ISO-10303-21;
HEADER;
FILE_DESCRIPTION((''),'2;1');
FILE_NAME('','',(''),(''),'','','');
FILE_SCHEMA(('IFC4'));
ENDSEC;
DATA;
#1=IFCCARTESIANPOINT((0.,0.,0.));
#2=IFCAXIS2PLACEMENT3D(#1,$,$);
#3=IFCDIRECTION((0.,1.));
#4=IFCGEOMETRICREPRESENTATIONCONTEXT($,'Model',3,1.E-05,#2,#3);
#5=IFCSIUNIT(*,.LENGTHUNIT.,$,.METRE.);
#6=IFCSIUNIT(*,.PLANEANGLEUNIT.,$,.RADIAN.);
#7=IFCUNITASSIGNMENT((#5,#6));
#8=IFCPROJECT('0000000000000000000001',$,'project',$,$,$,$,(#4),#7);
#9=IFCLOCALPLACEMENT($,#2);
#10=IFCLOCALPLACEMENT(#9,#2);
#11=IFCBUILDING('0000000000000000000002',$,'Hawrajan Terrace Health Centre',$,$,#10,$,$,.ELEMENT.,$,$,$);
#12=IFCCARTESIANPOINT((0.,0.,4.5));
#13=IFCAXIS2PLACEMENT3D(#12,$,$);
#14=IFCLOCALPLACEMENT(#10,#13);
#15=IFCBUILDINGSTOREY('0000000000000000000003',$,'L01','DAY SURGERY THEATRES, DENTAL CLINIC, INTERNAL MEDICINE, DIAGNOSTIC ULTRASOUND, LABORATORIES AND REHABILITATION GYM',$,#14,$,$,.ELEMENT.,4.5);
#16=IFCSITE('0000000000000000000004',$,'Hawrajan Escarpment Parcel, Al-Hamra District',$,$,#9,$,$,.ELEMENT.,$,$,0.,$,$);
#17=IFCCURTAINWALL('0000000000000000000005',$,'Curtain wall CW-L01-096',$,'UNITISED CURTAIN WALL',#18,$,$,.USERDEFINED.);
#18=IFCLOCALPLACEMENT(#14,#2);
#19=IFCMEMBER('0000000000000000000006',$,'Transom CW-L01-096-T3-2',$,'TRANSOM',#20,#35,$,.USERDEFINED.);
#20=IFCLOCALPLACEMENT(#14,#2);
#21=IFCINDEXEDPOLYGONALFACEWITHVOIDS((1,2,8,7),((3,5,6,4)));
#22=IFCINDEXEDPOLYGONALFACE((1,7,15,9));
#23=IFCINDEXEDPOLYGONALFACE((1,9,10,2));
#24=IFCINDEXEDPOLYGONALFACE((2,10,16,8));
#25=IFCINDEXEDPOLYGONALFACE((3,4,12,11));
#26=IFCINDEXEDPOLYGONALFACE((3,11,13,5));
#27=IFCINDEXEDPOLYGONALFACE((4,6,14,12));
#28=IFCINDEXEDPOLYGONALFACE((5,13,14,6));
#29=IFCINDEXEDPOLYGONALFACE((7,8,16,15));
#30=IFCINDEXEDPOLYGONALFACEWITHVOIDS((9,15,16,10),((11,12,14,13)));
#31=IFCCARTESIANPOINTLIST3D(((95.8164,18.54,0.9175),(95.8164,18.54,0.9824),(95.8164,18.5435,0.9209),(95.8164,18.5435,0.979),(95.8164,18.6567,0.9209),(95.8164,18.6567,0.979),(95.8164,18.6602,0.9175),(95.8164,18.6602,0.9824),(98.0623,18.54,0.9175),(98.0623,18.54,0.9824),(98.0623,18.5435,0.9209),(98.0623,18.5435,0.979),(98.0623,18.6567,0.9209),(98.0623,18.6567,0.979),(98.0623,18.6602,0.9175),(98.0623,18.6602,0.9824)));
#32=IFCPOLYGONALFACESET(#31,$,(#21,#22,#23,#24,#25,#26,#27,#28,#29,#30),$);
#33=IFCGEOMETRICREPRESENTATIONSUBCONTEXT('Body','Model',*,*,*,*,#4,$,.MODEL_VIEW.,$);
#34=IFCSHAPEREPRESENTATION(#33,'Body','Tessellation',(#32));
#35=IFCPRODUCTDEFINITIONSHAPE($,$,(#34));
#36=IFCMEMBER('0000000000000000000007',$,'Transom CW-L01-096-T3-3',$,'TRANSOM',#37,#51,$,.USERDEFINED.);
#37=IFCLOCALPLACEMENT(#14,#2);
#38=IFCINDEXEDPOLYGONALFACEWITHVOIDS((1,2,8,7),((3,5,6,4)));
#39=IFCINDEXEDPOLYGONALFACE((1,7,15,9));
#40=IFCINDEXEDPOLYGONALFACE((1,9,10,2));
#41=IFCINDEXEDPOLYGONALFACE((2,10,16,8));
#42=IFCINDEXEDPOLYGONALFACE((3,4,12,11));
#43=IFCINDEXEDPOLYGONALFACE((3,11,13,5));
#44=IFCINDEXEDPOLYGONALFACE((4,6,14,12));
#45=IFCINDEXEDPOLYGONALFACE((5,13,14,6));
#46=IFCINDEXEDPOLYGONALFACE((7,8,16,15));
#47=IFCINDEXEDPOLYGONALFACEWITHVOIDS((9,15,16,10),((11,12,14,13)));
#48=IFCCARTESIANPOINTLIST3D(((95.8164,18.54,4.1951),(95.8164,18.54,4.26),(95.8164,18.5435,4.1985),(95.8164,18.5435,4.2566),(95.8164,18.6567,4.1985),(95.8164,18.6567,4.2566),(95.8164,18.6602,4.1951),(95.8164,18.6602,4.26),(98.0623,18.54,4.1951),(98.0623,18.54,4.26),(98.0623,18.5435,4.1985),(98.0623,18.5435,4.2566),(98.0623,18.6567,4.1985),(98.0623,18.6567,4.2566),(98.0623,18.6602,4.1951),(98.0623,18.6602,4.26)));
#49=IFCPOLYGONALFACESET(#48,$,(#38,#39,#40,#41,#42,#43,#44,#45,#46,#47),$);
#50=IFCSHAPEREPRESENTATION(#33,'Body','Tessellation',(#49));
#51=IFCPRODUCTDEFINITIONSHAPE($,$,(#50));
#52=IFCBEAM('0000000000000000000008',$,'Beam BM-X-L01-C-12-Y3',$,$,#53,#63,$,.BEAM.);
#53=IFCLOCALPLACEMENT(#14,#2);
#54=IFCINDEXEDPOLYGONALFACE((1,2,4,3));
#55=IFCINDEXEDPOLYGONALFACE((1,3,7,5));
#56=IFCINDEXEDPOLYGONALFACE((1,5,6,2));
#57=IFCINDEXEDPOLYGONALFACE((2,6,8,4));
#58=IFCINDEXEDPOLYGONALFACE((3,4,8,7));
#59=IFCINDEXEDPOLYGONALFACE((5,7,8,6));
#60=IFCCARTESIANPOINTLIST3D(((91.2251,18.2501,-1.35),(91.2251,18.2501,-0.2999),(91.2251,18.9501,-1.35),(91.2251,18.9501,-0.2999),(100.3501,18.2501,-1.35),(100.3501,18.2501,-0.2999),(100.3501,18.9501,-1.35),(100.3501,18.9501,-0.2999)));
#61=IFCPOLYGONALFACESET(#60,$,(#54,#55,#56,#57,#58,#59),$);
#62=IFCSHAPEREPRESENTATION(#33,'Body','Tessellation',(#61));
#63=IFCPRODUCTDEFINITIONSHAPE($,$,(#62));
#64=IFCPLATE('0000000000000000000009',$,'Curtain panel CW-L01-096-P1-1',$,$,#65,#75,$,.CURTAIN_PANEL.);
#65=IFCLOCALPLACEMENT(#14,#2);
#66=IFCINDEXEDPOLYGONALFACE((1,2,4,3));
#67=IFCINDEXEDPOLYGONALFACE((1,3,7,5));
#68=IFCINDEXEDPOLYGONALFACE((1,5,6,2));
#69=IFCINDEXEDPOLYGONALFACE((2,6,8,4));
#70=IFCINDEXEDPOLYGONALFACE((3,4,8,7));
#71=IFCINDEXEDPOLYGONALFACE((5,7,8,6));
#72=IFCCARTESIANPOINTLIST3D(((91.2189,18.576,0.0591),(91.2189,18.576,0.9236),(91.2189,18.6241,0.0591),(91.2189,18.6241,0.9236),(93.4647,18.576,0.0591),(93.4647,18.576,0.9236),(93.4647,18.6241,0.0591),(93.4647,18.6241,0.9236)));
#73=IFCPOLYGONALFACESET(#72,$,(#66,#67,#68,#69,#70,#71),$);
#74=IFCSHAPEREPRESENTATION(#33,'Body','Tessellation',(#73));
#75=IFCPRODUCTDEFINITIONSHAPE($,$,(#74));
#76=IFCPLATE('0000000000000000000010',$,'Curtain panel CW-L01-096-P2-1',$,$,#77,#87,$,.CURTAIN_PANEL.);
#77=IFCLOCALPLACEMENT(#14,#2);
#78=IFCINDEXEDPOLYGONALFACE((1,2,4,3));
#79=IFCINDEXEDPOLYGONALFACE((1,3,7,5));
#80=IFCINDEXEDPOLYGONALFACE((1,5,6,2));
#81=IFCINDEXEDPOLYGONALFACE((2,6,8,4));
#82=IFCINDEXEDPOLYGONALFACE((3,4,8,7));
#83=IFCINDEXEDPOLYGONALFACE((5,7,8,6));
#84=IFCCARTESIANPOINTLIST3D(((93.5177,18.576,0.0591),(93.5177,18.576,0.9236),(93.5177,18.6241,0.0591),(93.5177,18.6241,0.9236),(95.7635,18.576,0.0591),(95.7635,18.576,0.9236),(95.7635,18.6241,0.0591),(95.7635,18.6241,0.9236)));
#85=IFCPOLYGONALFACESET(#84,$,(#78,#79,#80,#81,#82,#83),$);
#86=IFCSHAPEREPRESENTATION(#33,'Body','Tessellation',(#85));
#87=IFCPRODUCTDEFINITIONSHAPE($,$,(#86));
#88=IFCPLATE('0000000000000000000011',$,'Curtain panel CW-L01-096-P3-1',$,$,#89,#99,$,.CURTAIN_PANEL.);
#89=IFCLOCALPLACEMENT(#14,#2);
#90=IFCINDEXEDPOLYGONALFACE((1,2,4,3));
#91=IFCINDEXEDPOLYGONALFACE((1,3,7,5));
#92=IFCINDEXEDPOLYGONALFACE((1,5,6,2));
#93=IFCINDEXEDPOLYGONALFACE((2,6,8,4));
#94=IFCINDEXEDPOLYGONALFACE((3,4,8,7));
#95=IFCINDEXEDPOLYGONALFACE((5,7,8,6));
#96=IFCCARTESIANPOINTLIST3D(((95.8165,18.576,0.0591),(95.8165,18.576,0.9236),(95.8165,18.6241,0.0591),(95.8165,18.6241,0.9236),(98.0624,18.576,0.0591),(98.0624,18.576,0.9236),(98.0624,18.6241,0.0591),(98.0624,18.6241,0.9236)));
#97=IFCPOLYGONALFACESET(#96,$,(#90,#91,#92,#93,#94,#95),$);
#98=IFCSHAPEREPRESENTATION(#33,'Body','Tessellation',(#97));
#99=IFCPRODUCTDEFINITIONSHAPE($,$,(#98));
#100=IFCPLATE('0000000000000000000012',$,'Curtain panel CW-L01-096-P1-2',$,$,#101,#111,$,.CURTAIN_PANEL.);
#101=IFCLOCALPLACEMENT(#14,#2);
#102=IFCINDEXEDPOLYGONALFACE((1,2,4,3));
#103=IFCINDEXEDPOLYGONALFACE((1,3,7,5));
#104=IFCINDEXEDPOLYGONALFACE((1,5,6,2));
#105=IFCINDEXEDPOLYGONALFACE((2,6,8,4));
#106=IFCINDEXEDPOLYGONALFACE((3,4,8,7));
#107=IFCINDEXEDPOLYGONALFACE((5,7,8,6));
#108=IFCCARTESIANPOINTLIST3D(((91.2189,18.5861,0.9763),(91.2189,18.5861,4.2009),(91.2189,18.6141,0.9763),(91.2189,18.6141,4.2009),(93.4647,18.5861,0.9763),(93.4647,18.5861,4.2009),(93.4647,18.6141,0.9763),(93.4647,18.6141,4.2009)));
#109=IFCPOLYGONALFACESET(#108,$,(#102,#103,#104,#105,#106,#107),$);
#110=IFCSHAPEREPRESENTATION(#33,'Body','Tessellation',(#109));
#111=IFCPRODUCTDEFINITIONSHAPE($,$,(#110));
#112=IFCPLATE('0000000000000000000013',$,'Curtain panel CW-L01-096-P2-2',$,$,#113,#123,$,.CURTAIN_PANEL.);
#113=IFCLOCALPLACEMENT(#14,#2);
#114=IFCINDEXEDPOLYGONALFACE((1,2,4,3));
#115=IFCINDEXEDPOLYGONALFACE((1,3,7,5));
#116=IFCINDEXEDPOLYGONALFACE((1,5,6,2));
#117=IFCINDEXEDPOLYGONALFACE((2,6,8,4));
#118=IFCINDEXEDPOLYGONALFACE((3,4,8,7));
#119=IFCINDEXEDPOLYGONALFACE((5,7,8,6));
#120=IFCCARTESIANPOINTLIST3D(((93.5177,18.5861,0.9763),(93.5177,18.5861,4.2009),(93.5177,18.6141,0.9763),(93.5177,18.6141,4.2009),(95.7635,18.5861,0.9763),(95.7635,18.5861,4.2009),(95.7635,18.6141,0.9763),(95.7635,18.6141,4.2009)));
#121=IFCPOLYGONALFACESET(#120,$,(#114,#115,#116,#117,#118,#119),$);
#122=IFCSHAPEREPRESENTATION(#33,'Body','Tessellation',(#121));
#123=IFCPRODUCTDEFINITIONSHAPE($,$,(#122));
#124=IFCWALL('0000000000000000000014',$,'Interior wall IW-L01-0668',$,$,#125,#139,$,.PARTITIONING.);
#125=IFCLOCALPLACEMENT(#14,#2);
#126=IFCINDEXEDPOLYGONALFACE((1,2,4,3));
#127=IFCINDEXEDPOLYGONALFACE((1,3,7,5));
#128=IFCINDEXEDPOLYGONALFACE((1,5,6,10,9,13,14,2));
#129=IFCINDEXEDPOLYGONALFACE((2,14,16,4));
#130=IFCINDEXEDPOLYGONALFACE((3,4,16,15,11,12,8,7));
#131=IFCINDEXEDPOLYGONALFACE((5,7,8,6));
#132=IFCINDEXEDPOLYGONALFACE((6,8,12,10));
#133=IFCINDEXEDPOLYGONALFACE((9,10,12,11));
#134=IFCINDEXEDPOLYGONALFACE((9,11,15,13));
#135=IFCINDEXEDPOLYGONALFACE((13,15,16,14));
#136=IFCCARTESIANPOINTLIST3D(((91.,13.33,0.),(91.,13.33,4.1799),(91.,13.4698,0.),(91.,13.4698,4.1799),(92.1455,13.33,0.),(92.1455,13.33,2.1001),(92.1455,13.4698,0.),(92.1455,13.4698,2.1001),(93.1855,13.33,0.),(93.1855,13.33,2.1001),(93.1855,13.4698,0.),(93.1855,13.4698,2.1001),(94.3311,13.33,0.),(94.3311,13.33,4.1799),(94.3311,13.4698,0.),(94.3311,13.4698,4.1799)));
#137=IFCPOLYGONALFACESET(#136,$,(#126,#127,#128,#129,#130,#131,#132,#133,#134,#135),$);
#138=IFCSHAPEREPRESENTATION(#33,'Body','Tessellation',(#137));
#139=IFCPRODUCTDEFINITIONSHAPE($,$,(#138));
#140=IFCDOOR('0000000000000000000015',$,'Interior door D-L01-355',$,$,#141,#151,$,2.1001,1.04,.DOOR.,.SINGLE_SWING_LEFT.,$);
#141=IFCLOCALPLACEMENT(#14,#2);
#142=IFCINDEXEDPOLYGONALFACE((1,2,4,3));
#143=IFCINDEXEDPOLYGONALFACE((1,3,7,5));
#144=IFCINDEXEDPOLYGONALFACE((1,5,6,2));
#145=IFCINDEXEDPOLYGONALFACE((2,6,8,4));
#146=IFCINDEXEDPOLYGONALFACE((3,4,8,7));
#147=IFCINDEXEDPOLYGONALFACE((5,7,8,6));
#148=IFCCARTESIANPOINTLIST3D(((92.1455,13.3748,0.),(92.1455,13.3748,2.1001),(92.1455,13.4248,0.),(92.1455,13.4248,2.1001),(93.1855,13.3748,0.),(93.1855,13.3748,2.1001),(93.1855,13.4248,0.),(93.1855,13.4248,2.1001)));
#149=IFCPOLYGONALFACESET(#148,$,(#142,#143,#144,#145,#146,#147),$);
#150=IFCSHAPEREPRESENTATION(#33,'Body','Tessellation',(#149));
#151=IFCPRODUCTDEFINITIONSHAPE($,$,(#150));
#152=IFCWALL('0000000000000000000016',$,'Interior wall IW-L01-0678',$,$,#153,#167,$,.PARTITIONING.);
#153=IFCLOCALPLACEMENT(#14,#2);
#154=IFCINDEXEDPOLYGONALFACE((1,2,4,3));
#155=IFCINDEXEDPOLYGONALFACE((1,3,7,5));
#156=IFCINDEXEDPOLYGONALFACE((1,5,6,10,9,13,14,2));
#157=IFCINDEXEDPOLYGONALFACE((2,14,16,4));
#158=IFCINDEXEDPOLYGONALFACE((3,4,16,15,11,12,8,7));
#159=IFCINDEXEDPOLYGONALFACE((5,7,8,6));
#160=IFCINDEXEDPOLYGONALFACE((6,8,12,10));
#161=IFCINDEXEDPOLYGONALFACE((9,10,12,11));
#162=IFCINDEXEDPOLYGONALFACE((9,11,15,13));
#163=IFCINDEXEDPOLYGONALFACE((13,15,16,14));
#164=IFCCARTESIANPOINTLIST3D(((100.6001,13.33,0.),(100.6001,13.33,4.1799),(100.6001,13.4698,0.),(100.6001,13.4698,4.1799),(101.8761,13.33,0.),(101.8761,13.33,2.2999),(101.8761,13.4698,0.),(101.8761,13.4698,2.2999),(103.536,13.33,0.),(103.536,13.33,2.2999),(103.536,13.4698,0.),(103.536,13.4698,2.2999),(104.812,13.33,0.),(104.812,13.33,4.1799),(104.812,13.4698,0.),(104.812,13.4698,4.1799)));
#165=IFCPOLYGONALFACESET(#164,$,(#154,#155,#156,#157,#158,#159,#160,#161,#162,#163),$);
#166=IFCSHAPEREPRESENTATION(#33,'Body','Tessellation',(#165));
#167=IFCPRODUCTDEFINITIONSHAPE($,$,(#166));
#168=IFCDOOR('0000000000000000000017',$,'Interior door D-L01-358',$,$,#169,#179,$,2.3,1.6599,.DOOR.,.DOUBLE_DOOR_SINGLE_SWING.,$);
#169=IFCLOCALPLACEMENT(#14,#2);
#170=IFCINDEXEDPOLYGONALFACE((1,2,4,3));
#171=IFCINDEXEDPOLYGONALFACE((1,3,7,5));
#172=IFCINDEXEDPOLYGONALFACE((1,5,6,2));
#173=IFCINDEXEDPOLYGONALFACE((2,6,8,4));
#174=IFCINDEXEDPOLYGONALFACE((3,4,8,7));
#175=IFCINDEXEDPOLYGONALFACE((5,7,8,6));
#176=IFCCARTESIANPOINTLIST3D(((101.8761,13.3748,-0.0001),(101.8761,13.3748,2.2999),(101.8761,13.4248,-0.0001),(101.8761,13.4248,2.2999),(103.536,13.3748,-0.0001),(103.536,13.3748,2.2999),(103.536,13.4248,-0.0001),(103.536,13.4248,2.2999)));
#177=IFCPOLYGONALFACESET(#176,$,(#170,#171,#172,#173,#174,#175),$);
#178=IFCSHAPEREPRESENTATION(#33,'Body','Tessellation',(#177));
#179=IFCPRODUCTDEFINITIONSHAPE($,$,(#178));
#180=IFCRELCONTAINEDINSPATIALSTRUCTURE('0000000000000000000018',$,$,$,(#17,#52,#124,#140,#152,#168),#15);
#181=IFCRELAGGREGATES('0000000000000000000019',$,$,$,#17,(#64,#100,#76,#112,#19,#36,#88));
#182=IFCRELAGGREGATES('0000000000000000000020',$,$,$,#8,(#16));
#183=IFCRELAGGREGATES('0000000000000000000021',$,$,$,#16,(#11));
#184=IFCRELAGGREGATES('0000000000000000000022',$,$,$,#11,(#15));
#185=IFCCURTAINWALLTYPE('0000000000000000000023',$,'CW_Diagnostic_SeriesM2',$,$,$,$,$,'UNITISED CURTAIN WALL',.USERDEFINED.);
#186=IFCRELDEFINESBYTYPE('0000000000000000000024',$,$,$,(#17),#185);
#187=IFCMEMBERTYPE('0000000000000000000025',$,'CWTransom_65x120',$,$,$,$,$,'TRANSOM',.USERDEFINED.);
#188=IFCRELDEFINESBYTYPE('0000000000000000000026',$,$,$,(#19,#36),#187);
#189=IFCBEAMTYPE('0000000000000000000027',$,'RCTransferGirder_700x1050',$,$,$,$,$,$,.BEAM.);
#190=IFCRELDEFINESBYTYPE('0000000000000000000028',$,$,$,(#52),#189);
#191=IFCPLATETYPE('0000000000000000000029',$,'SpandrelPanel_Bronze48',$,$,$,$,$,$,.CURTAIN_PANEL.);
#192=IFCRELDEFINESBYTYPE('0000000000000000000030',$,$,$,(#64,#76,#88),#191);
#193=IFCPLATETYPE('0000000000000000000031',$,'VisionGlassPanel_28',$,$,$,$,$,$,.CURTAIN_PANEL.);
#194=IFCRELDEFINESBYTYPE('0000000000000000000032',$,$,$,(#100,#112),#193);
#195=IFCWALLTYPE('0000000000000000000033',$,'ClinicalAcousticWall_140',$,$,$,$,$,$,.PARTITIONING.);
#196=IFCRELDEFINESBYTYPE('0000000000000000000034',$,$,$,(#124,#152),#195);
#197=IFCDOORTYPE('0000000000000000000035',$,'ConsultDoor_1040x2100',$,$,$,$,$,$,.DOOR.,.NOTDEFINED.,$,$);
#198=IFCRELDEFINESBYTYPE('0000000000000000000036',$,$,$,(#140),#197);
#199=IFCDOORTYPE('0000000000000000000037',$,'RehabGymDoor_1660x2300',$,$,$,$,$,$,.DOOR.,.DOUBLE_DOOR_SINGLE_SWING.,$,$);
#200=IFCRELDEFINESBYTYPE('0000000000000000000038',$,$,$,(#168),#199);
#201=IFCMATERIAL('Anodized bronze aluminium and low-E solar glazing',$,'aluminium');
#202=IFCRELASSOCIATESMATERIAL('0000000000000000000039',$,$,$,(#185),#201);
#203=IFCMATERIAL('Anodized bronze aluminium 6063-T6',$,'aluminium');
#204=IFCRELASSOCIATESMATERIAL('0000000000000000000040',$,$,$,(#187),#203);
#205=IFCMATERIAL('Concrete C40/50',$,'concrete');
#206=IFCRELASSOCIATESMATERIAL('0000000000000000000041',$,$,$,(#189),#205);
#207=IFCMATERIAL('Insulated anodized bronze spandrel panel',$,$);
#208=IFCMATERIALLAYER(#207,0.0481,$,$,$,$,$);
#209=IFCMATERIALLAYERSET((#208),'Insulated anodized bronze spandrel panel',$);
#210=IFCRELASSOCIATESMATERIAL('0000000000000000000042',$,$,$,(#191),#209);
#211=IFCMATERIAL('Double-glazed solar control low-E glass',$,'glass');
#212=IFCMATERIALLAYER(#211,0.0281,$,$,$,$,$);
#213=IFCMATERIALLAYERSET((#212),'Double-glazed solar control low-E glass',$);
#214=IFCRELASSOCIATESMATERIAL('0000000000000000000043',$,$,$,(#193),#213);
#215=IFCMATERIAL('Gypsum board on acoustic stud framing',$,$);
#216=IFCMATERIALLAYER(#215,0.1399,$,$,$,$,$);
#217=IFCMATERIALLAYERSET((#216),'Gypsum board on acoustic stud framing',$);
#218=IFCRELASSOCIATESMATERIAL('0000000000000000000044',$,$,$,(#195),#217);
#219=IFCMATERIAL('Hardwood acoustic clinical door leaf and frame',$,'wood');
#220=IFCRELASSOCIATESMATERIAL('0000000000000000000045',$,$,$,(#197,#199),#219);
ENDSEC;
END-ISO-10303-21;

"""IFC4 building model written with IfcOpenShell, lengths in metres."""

from ifc_helpers import new_model, si_unit, direction, frame, frame_2d, origin, origin_2d, place, context, subcontext, project, spatial, rectangle, hollow_rectangle, extrude, material, layer, layer_set, material_profile, profile_set, type_object, element, fill, aggregate, save


model = new_model("IFC4")

# Units and contexts
model_context = context("Model", 3, precision=1e-05, world=origin(), true_north=direction((0.0, 1.0)))
body_context = subcontext(model_context, "Body", "Model", "MODEL_VIEW")
ifc_project = project(units=[si_unit("LENGTHUNIT", "METRE"), si_unit("PLANEANGLEUNIT", "RADIAN")], contexts=[model_context])

# Site, building, storey
site_placement = place(None, origin())
site = spatial("IfcSite", under=ifc_project, at=site_placement, Name="Hawrajan Escarpment Parcel, Al-Hamra District", CompositionType="ELEMENT", RefElevation=0.0)
building_placement = place(site_placement, origin())
building = spatial("IfcBuilding", under=site, at=building_placement, Name="Hawrajan Terrace Health Centre", CompositionType="ELEMENT")
storey_placement = place(building_placement, frame((0.0, 0.0, 4.5)))
storey = spatial("IfcBuildingStorey", under=building, at=storey_placement, Name="L01", Description="DAY SURGERY THEATRES, DENTAL CLINIC, INTERNAL MEDICINE, DIAGNOSTIC ULTRASOUND, LABORATORIES AND REHABILITATION GYM", CompositionType="ELEMENT", Elevation=4.5)

# Curtain wall, members
ifc_material_1 = material(Name="Anodized bronze aluminium and low-E solar glazing", Category="aluminium")
curtain_wall_type = type_object("IfcCurtainWallType", Name="CW_Diagnostic_SeriesM2", ElementType="UNITISED CURTAIN WALL", PredefinedType="USERDEFINED", material=ifc_material_1)
curtain_wall_placement = place(storey_placement, origin())
curtain_wall = element("IfcCurtainWall", 1, at=curtain_wall_placement, inside=storey, type_object=curtain_wall_type, Name="Curtain wall CW-L01-096", ObjectType="UNITISED CURTAIN WALL", PredefinedType="USERDEFINED")
ifc_material_2 = material(Name="Anodized bronze aluminium 6063-T6", Category="aluminium")
ifc_material_profile_1 = material_profile(ifc_material_2, hollow_rectangle(XDim=0.0649, YDim=0.1201, WallThickness=0.0034, at=origin_2d()), Name="CW TRN 65x120")
ifc_profile_set_1 = profile_set([ifc_material_profile_1], Name="Anodized bronze aluminium 6063-T6")
member_type_1 = type_object("IfcMemberType", Name="CWTransom_65x120", ElementType="TRANSOM", PredefinedType="USERDEFINED", material=ifc_profile_set_1)
member_1_placement = place(storey_placement, frame((95.8164, 18.6001, 0.95), z_axis=(1.0, 0.0, 0.0), x_axis=(0.0, 0.0, 1.0)))
member_1 = element("IfcMember", 2, at=member_1_placement, type_object=member_type_1, Name="Transom CW-L01-096-T3-2", ObjectType="TRANSOM", PredefinedType="USERDEFINED", context=body_context, shape_type="SweptSolid", body=[
    extrude(hollow_rectangle(XDim=0.0649, YDim=0.1201, WallThickness=0.0034, at=origin_2d()), origin(), (0.0, 0.0, 1.0), 2.2458),
])
member_2_placement = place(storey_placement, frame((95.8164, 18.6001, 4.2275), z_axis=(1.0, 0.0, 0.0), x_axis=(0.0, 0.0, 1.0)))
member_2 = element("IfcMember", 3, at=member_2_placement, type_object=member_type_1, Name="Transom CW-L01-096-T3-3", ObjectType="TRANSOM", PredefinedType="USERDEFINED", context=body_context, shape_type="SweptSolid", body=[
    extrude(hollow_rectangle(XDim=0.0649, YDim=0.1201, WallThickness=0.0034, at=origin_2d()), origin(), (0.0, 0.0, 1.0), 2.2458),
])

# Beam
ifc_material_3 = material(Name="Concrete C40/50", Category="concrete")
ifc_material_profile_2 = material_profile(ifc_material_3, rectangle(XDim=0.7, YDim=1.05, at=origin_2d()), Name="RC TG 700x1050")
ifc_profile_set_2 = profile_set([ifc_material_profile_2], Name="Concrete C40/50")
beam_type = type_object("IfcBeamType", Name="RCTransferGirder_700x1050", PredefinedType="BEAM", material=ifc_profile_set_2)
beam_placement = place(storey_placement, frame((91.2251, 18.6001, -0.825), z_axis=(1.0, 0.0, 0.0), x_axis=(0.0, 1.0, 0.0)))
element("IfcBeam", 4, at=beam_placement, inside=storey, type_object=beam_type, Name="Beam BM-X-L01-C-12-Y3", PredefinedType="BEAM", context=body_context, shape_type="SweptSolid", body=[
    extrude(rectangle(XDim=0.7, YDim=1.05, at=origin_2d()), origin(), (0.0, 0.0, 1.0), 9.125),
])

# Plates
ifc_material_4 = material(Name="Insulated anodized bronze spandrel panel")
ifc_layer_1 = layer(ifc_material_4, 0.0481)
ifc_layer_set_1 = layer_set([ifc_layer_1], Name="Insulated anodized bronze spandrel panel")
plate_type_1 = type_object("IfcPlateType", Name="SpandrelPanel_Bronze48", PredefinedType="CURTAIN_PANEL", material=ifc_layer_set_1)
plate_1_placement = place(storey_placement, frame((92.3418, 18.6001, 0.0591), z_axis=(0.0, 0.0, 1.0), x_axis=(1.0, 0.0, 0.0)))
plate_1 = element("IfcPlate", 5, at=plate_1_placement, type_object=plate_type_1, Name="Curtain panel CW-L01-096-P1-1", PredefinedType="CURTAIN_PANEL", context=body_context, shape_type="SweptSolid", body=[
    extrude(rectangle(XDim=2.2458, YDim=0.0481, at=origin_2d()), origin(), (0.0, 0.0, 1.0), 0.8645),
])
plate_2_placement = place(storey_placement, frame((94.6406, 18.6001, 0.0591), z_axis=(0.0, 0.0, 1.0), x_axis=(1.0, 0.0, 0.0)))
plate_2 = element("IfcPlate", 6, at=plate_2_placement, type_object=plate_type_1, Name="Curtain panel CW-L01-096-P2-1", PredefinedType="CURTAIN_PANEL", context=body_context, shape_type="SweptSolid", body=[
    extrude(rectangle(XDim=2.2458, YDim=0.0481, at=origin_2d()), origin(), (0.0, 0.0, 1.0), 0.8645),
])
plate_3_placement = place(storey_placement, frame((96.9395, 18.6001, 0.0591), z_axis=(0.0, 0.0, 1.0), x_axis=(1.0, 0.0, 0.0)))
plate_3 = element("IfcPlate", 7, at=plate_3_placement, type_object=plate_type_1, Name="Curtain panel CW-L01-096-P3-1", PredefinedType="CURTAIN_PANEL", context=body_context, shape_type="SweptSolid", body=[
    extrude(rectangle(XDim=2.2458, YDim=0.0481, at=origin_2d()), origin(), (0.0, 0.0, 1.0), 0.8645),
])
ifc_material_5 = material(Name="Double-glazed solar control low-E glass", Category="glass")
ifc_layer_2 = layer(ifc_material_5, 0.0281)
ifc_layer_set_2 = layer_set([ifc_layer_2], Name="Double-glazed solar control low-E glass")
plate_type_2 = type_object("IfcPlateType", Name="VisionGlassPanel_28", PredefinedType="CURTAIN_PANEL", material=ifc_layer_set_2)
plate_4_placement = place(storey_placement, frame((92.3418, 18.6001, 0.9763), z_axis=(0.0, 0.0, 1.0), x_axis=(1.0, 0.0, 0.0)))
plate_4 = element("IfcPlate", 8, at=plate_4_placement, type_object=plate_type_2, Name="Curtain panel CW-L01-096-P1-2", PredefinedType="CURTAIN_PANEL", context=body_context, shape_type="SweptSolid", body=[
    extrude(rectangle(XDim=2.2458, YDim=0.0281, at=origin_2d()), origin(), (0.0, 0.0, 1.0), 3.2246),
])
plate_5_placement = place(storey_placement, frame((94.6406, 18.6001, 0.9763), z_axis=(0.0, 0.0, 1.0), x_axis=(1.0, 0.0, 0.0)))
plate_5 = element("IfcPlate", 9, at=plate_5_placement, type_object=plate_type_2, Name="Curtain panel CW-L01-096-P2-2", PredefinedType="CURTAIN_PANEL", context=body_context, shape_type="SweptSolid", body=[
    extrude(rectangle(XDim=2.2458, YDim=0.0281, at=origin_2d()), origin(), (0.0, 0.0, 1.0), 3.2246),
])
aggregate(curtain_wall, [plate_1, plate_4, plate_2, plate_5, member_1, member_2, plate_3])

# Walls, openings, doors
ifc_material_6 = material(Name="Gypsum board on acoustic stud framing")
ifc_layer_3 = layer(ifc_material_6, 0.1399)
ifc_layer_set_3 = layer_set([ifc_layer_3], Name="Gypsum board on acoustic stud framing")
wall_type_1 = type_object("IfcWallType", Name="ClinicalAcousticWall_140", PredefinedType="PARTITIONING", material=ifc_layer_set_3)
wall_1_placement = place(storey_placement, frame((91.0, 13.3999, 0.0), z_axis=(0.0, 0.0, 1.0), x_axis=(1.0, 0.0, 0.0)))
wall_1 = element("IfcWall", 10, at=wall_1_placement, inside=storey, type_object=wall_type_1, Name="Interior wall IW-L01-0668", PredefinedType="PARTITIONING", context=body_context, shape_type="SweptSolid", body=[
    extrude(rectangle(XDim=3.3311, YDim=0.1399, at=frame_2d((1.6655, 0.0))), origin(), (0.0, 0.0, 1.0), 4.1799),
])
opening_1_placement = place(wall_1_placement, frame((1.1455, 0.0, 0.0)))
opening_1 = element("IfcOpeningElement", 11, at=opening_1_placement, cuts=wall_1, PredefinedType="OPENING", context=body_context, shape_type="SweptSolid", body=[
    extrude(rectangle(XDim=1.04, YDim=2.1001, at=frame_2d((0.52, 1.05))), frame((0.0, 0.0798, 0.0), z_axis=(0.0, -1.0, 0.0), x_axis=(1.0, 0.0, 0.0)), (0.0, 0.0, 1.0), 0.1599),
])
ifc_material_7 = material(Name="Hardwood acoustic clinical door leaf and frame", Category="wood")
door_type_1 = type_object("IfcDoorType", Name="ConsultDoor_1040x2100", OperationType="NOTDEFINED", PredefinedType="DOOR", material=ifc_material_7)
door_1_placement = place(opening_1_placement, origin())
door_1 = element("IfcDoor", 12, at=door_1_placement, inside=storey, type_object=door_type_1, Name="Interior door D-L01-355", OperationType="SINGLE_SWING_LEFT", OverallHeight=2.1001, OverallWidth=1.04, PredefinedType="DOOR", context=body_context, shape_type="SweptSolid", body=[
    extrude(rectangle(XDim=1.04, YDim=2.1001, at=frame_2d((0.52, 1.05))), frame((0.0, 0.0249, 0.0), z_axis=(0.0, -1.0, 0.0), x_axis=(1.0, 0.0, 0.0)), (0.0, 0.0, 1.0), 0.05),
])
fill(opening_1, door_1)
wall_2_placement = place(storey_placement, frame((100.6001, 13.3999, 0.0), z_axis=(0.0, 0.0, 1.0), x_axis=(1.0, 0.0, 0.0)))
wall_2 = element("IfcWall", 13, at=wall_2_placement, inside=storey, type_object=wall_type_1, Name="Interior wall IW-L01-0678", PredefinedType="PARTITIONING", context=body_context, shape_type="SweptSolid", body=[
    extrude(rectangle(XDim=4.2119, YDim=0.1399, at=frame_2d((2.106, 0.0))), origin(), (0.0, 0.0, 1.0), 4.1799),
])
opening_2_placement = place(wall_2_placement, frame((1.2759, 0.0, 0.0)))
opening_2 = element("IfcOpeningElement", 14, at=opening_2_placement, cuts=wall_2, PredefinedType="OPENING", context=body_context, shape_type="SweptSolid", body=[
    extrude(rectangle(XDim=1.6599, YDim=2.3, at=frame_2d((0.8301, 1.1499))), frame((0.0, 0.0798, 0.0), z_axis=(0.0, -1.0, 0.0), x_axis=(1.0, 0.0, 0.0)), (0.0, 0.0, 1.0), 0.1599),
])
door_type_2 = type_object("IfcDoorType", Name="RehabGymDoor_1660x2300", OperationType="DOUBLE_DOOR_SINGLE_SWING", PredefinedType="DOOR", material=ifc_material_7)
door_2_placement = place(opening_2_placement, origin())
door_2 = element("IfcDoor", 15, at=door_2_placement, inside=storey, type_object=door_type_2, Name="Interior door D-L01-358", OperationType="DOUBLE_DOOR_SINGLE_SWING", OverallHeight=2.3, OverallWidth=1.6599, PredefinedType="DOOR", context=body_context, shape_type="SweptSolid", body=[
    extrude(rectangle(XDim=1.6599, YDim=2.3, at=frame_2d((0.8301, 1.1499))), frame((0.0, 0.0249, 0.0), z_axis=(0.0, -1.0, 0.0), x_axis=(1.0, 0.0, 0.0)), (0.0, 0.0, 1.0), 0.05),
])
fill(opening_2, door_2)

save(model, "model.ifc")
